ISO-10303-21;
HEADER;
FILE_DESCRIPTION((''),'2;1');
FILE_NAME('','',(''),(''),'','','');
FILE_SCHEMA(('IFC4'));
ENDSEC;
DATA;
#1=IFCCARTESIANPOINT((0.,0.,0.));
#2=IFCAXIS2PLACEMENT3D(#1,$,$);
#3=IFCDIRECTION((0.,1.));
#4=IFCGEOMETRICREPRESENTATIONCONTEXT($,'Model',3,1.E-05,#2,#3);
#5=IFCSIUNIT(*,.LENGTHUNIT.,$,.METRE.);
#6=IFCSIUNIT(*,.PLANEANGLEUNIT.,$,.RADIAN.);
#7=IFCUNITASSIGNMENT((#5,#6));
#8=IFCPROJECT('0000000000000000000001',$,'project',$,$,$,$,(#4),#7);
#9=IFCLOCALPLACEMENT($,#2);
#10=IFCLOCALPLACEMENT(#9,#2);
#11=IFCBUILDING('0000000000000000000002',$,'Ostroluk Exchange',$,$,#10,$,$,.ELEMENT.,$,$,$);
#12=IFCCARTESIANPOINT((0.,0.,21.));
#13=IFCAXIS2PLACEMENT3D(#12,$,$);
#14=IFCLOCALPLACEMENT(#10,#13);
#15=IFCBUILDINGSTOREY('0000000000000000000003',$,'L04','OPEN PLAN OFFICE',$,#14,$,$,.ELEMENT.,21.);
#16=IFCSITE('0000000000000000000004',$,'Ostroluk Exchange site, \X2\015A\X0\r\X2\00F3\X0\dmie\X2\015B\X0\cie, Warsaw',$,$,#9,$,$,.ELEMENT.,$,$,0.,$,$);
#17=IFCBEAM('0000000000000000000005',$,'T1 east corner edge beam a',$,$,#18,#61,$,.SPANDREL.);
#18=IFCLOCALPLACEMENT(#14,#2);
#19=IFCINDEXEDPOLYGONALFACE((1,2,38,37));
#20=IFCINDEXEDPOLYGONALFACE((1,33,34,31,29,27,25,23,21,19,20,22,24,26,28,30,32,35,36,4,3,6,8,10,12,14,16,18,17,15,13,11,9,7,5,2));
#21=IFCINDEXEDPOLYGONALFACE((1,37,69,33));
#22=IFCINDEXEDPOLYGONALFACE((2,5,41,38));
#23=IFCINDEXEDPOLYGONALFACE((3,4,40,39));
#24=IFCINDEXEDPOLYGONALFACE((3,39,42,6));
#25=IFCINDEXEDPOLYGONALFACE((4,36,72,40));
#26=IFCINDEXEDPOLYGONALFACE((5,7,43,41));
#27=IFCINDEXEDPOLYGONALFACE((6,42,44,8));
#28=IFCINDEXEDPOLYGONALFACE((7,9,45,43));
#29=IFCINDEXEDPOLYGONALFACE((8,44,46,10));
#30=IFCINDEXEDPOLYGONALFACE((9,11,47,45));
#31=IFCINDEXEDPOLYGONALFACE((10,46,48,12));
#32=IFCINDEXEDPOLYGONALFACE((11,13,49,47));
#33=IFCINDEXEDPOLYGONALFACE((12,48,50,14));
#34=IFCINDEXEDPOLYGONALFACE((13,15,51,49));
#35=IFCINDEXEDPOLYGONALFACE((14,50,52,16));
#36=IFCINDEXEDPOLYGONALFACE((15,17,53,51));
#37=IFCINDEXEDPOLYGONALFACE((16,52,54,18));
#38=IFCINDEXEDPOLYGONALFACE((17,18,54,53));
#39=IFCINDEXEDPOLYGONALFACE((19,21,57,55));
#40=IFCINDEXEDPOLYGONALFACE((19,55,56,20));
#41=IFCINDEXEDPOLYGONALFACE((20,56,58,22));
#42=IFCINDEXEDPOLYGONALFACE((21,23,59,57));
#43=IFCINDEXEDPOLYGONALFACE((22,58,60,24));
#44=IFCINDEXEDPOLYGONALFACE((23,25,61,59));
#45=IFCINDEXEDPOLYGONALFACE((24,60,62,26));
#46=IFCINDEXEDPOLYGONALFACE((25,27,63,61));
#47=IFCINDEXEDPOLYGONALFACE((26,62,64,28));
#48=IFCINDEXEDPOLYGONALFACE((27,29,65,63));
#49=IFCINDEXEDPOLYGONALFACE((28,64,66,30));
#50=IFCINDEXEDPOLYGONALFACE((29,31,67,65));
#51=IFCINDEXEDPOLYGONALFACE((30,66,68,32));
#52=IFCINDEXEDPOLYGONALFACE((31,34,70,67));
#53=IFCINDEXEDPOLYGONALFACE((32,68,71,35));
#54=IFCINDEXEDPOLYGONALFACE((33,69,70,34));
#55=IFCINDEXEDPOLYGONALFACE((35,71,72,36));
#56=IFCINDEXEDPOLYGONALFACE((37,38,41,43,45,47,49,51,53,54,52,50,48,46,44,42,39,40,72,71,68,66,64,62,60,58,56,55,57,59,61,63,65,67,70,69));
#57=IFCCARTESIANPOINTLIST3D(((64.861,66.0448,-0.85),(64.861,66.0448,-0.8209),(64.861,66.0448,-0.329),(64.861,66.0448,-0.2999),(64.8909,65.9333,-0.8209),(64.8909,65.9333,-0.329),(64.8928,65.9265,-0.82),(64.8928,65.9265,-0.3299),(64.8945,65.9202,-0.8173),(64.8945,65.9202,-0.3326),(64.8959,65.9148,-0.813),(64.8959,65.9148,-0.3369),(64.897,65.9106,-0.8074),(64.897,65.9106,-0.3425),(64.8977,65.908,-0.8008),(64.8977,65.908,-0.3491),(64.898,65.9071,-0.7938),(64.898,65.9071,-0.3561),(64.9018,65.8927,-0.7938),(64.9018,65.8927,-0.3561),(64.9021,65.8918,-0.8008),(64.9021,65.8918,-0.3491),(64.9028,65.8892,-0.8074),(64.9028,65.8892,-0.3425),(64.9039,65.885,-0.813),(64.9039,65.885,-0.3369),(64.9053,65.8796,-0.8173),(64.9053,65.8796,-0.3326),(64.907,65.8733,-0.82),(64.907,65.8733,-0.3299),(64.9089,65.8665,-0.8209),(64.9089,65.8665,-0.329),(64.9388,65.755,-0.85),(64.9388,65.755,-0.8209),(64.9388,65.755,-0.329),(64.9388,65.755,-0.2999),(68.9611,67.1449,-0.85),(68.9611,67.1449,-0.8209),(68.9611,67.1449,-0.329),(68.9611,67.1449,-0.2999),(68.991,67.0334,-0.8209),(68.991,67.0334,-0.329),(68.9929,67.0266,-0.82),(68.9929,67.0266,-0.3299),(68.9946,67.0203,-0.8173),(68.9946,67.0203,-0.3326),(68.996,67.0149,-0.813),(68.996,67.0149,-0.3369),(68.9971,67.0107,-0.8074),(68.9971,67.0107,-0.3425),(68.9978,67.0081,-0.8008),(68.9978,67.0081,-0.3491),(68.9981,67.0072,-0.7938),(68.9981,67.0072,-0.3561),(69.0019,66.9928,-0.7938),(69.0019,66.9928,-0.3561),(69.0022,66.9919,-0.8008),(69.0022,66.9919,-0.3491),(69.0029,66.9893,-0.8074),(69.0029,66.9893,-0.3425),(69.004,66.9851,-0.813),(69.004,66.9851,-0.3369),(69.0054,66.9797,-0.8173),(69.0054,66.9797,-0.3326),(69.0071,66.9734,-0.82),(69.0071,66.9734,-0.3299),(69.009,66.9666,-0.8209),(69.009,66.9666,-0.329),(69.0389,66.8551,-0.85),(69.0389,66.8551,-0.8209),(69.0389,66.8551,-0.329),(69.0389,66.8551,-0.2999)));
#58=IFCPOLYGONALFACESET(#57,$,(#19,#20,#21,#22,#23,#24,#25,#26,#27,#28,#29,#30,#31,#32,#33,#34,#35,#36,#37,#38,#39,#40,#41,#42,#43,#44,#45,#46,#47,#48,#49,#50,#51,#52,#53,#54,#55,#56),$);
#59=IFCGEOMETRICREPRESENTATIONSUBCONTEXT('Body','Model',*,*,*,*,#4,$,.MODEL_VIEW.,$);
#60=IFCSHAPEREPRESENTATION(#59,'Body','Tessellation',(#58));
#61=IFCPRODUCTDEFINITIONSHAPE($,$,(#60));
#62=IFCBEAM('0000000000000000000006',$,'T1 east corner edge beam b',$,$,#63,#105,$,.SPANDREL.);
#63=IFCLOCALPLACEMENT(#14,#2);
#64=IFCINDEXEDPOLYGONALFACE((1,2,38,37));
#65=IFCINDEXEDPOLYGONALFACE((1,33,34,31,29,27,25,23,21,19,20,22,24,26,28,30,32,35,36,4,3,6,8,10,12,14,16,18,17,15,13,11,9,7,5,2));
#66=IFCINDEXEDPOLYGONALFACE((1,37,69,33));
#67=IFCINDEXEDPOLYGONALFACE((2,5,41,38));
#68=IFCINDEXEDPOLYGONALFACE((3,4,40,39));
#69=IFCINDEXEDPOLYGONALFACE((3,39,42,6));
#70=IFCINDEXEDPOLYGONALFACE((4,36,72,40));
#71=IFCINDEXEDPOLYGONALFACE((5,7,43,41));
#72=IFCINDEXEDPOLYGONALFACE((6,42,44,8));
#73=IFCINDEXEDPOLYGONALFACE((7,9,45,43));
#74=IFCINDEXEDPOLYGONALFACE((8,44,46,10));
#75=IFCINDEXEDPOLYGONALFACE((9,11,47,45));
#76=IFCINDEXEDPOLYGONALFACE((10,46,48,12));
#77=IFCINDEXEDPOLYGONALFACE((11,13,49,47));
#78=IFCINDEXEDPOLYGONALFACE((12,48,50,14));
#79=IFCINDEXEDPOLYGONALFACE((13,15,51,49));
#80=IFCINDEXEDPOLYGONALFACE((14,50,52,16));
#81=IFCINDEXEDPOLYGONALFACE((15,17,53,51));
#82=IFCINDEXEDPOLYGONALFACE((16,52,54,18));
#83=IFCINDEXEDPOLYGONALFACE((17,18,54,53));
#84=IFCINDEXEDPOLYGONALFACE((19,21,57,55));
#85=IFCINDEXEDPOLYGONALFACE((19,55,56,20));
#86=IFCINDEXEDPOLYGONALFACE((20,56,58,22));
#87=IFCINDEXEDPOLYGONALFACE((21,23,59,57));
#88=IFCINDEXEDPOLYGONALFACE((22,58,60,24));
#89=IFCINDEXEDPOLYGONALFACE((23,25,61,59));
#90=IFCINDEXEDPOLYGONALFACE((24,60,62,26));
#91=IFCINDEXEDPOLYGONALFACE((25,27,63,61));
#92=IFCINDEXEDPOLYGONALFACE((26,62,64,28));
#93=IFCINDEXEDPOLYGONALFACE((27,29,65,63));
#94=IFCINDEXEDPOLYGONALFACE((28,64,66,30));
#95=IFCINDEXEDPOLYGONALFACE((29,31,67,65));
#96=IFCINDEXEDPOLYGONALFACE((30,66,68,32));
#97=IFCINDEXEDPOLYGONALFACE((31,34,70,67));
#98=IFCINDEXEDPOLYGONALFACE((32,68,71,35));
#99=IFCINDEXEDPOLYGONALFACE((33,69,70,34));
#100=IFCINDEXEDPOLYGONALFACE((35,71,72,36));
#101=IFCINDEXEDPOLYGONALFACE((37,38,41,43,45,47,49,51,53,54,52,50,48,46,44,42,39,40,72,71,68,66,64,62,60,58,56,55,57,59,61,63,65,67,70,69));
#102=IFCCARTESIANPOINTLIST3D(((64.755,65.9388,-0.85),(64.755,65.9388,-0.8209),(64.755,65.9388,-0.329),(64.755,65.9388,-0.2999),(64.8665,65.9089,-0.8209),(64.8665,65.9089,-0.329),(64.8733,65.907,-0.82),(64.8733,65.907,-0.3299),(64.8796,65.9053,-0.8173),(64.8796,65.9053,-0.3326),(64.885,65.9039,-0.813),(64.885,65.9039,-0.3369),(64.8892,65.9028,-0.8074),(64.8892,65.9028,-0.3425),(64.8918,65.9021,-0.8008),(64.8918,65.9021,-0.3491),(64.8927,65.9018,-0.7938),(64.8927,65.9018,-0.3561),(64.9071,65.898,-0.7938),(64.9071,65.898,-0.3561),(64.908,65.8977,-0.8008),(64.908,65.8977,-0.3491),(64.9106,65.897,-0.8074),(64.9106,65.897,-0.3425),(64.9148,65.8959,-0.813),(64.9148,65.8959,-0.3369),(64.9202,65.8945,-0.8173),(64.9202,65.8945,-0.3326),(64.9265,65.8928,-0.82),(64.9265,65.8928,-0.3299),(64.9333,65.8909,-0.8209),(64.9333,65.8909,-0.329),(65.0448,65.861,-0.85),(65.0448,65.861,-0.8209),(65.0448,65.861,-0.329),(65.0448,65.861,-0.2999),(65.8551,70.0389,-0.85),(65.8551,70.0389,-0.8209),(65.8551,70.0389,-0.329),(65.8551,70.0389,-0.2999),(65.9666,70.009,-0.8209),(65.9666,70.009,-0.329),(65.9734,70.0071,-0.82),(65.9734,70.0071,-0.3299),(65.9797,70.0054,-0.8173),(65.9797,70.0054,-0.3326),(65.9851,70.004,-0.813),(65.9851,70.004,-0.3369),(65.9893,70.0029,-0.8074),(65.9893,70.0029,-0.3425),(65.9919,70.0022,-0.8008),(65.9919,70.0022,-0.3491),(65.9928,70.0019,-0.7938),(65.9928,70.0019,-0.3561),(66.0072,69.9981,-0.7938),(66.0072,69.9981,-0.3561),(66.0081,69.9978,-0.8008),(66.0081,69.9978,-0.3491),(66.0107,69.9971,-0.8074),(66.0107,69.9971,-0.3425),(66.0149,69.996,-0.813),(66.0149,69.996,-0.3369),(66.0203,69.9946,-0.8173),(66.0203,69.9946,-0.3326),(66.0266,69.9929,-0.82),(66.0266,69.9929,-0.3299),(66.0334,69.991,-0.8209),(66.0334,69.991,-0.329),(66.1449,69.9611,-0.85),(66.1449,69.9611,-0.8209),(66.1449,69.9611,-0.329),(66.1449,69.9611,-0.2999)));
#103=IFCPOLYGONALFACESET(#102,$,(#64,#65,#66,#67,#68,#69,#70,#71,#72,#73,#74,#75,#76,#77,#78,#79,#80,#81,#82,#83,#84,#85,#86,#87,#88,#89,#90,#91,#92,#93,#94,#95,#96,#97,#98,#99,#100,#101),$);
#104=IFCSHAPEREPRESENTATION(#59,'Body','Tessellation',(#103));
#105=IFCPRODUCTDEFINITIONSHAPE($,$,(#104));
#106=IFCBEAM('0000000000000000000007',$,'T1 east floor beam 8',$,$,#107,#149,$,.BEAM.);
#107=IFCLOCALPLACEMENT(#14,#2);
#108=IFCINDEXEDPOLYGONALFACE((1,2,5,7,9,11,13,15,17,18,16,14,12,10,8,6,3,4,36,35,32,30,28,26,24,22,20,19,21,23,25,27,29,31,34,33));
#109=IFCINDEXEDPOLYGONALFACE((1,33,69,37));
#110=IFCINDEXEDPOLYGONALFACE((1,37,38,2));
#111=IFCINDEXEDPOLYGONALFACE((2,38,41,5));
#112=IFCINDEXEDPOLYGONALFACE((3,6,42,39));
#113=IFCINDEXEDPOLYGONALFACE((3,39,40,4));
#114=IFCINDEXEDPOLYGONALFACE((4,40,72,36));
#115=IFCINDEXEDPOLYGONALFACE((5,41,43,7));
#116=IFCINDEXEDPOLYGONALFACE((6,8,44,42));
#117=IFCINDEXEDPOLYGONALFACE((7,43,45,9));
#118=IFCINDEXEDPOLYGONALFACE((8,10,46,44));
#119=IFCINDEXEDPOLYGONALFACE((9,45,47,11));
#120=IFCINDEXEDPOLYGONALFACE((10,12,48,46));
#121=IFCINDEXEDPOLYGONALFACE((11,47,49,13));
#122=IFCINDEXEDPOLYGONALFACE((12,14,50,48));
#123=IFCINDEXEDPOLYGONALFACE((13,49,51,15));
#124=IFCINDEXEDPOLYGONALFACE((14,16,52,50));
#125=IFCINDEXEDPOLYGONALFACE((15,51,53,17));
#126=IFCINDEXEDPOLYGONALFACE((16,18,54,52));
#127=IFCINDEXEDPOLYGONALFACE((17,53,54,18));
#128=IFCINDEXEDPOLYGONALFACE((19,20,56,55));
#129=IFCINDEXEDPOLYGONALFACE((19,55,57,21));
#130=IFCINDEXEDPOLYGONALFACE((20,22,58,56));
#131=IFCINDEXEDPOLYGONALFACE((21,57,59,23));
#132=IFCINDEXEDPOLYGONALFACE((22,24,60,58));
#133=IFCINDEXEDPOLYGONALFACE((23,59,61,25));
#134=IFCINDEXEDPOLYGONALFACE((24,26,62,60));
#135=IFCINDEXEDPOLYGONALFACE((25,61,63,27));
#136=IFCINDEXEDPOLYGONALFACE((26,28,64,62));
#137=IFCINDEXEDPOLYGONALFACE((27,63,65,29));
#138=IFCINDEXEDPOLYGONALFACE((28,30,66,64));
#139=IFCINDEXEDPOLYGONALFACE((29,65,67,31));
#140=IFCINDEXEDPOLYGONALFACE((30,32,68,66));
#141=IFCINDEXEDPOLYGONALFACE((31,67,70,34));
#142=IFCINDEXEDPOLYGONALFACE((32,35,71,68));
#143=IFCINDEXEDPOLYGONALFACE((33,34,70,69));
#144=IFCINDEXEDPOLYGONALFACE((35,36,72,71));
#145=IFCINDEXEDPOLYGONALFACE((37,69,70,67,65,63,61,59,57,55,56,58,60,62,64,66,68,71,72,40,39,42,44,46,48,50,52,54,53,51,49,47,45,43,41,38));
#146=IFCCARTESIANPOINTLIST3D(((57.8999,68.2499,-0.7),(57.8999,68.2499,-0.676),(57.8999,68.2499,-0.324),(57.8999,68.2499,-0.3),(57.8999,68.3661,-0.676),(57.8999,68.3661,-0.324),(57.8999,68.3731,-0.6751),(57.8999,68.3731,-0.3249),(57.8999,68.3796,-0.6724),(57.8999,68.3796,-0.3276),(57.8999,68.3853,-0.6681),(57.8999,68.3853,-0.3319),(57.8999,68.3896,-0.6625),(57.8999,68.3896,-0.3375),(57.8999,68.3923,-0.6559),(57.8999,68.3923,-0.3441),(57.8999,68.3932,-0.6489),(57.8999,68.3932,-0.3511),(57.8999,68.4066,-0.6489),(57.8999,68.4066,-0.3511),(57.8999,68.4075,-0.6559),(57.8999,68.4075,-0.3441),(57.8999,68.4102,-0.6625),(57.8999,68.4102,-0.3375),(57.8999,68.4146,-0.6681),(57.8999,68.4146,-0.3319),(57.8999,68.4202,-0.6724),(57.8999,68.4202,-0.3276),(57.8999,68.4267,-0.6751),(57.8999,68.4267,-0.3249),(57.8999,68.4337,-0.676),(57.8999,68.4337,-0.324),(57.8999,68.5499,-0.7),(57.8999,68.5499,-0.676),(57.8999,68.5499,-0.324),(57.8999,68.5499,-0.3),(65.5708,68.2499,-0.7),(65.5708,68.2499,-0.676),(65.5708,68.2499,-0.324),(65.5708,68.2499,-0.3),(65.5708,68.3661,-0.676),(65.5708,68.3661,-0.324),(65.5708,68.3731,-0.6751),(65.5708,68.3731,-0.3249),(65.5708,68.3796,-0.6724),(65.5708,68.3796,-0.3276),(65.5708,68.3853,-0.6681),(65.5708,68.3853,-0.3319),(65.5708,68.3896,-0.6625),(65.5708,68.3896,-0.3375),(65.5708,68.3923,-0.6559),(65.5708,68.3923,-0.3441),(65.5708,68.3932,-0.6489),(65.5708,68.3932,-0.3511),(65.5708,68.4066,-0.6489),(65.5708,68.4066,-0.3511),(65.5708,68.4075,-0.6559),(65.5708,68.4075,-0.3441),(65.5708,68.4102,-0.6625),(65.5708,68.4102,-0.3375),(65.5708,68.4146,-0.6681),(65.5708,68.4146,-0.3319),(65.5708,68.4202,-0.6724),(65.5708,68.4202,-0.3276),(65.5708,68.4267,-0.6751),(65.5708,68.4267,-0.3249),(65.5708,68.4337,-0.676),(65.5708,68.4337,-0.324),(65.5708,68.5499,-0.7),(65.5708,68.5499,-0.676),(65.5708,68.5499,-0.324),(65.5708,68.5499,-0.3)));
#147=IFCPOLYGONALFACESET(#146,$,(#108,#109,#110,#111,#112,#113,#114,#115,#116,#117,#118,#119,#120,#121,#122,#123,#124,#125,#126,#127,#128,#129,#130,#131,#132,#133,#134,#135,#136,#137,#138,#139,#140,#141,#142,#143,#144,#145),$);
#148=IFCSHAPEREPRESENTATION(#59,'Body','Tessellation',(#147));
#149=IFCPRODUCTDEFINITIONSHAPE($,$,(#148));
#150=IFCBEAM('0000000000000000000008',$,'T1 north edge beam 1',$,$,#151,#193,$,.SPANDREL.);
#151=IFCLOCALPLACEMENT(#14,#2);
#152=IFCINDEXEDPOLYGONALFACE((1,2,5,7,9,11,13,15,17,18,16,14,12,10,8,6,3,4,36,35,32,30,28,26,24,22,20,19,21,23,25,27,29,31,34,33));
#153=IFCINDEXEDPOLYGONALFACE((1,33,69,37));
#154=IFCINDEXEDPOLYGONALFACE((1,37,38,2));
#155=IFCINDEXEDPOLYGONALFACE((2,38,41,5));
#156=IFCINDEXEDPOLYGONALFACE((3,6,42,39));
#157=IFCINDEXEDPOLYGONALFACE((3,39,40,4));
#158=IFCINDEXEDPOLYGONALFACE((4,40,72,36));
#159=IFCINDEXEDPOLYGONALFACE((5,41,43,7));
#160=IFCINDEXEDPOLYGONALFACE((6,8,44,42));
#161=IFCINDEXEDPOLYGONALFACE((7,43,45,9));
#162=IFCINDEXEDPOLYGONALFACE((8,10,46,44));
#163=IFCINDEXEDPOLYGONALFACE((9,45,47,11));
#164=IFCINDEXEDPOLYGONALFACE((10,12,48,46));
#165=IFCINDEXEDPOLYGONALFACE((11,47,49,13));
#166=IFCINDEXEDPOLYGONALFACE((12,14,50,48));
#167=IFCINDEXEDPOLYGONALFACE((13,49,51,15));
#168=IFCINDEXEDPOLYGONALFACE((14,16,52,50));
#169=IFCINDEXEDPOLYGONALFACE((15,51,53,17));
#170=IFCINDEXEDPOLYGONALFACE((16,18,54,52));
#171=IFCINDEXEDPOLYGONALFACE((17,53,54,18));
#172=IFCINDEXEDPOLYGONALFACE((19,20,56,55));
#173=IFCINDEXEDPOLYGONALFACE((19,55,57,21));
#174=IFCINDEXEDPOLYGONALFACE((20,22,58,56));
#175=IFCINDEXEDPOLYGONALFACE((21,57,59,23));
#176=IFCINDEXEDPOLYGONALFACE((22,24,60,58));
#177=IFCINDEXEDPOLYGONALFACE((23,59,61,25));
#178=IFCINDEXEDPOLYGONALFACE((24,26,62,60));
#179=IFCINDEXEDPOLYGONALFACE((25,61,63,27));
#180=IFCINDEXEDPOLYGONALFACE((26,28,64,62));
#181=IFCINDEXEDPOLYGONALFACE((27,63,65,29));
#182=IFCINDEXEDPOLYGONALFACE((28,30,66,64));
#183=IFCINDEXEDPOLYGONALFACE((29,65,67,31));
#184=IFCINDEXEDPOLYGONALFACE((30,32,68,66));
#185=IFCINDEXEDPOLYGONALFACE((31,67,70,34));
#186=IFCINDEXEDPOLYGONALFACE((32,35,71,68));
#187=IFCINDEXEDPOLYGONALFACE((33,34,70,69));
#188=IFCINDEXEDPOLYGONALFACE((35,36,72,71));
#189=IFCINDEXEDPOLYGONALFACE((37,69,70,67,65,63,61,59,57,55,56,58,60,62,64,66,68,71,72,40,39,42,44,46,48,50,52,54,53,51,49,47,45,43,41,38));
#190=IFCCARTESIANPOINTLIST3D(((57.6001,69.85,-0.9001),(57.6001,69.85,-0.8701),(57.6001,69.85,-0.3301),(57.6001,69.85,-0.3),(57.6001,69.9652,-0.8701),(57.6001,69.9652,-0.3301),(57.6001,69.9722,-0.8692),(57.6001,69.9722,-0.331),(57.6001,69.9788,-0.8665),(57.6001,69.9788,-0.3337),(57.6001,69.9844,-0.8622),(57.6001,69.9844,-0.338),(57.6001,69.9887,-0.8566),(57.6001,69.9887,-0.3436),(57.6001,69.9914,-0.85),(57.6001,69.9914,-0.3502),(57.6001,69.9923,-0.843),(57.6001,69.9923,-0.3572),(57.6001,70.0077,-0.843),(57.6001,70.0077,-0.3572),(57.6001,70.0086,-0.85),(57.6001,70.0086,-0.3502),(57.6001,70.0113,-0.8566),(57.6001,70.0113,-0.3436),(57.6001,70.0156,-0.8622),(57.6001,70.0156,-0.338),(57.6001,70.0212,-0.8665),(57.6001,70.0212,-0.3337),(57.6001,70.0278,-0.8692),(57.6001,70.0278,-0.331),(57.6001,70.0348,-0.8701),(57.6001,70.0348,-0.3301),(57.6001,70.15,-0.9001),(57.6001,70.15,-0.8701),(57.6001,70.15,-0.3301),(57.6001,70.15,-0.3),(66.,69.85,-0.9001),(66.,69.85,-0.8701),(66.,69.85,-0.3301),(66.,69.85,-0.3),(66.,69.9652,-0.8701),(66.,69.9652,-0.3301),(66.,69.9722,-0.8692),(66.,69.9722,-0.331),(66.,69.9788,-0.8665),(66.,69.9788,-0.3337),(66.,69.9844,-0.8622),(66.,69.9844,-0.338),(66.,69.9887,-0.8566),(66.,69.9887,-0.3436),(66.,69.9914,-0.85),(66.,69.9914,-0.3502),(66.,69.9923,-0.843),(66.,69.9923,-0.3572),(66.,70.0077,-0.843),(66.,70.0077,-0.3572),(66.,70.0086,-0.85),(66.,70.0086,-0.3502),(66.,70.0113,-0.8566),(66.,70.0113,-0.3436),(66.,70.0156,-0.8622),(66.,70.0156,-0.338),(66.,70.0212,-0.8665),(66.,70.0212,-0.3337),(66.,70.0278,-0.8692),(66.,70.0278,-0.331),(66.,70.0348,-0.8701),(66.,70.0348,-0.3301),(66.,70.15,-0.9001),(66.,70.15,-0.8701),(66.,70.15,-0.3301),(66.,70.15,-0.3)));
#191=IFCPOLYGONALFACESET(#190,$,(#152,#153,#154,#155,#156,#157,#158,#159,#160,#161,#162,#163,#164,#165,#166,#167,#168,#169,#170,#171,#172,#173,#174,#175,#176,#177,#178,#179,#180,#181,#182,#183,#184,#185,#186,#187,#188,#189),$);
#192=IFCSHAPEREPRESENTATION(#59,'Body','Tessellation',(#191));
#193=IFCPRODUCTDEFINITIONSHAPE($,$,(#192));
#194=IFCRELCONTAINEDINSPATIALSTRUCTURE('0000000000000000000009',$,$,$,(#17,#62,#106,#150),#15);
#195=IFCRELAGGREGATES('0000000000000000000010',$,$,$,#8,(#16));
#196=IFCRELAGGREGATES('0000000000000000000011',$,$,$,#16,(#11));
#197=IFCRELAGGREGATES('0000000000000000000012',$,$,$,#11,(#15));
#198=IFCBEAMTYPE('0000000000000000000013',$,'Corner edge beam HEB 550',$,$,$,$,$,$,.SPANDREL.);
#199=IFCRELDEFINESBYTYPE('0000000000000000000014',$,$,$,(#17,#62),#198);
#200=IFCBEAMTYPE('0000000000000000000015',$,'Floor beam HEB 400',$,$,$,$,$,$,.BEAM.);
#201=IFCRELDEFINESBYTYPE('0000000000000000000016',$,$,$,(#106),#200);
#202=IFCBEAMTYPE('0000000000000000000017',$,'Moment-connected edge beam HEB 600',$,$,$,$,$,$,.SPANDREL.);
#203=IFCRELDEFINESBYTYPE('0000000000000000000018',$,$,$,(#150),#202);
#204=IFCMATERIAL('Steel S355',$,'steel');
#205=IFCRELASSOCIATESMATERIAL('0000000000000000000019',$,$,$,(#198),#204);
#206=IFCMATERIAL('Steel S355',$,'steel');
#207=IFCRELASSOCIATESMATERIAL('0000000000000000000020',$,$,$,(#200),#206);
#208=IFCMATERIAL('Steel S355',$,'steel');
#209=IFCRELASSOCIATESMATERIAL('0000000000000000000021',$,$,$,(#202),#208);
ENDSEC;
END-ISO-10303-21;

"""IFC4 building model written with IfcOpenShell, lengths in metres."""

from ifc_helpers import new_model, si_unit, direction, frame, origin, origin_2d, place, context, subcontext, project, spatial, i_section, extrude, material, material_profile, profile_set, type_object, element, save


model = new_model("IFC4")

# Units and contexts
model_context = context("Model", 3, precision=1e-05, world=origin(), true_north=direction((0.0, 1.0)))
body_context = subcontext(model_context, "Body", "Model", "MODEL_VIEW")
ifc_project = project(units=[si_unit("LENGTHUNIT", "METRE"), si_unit("PLANEANGLEUNIT", "RADIAN")], contexts=[model_context])

# Site, building, storey
site_placement = place(None, origin())
site = spatial("IfcSite", under=ifc_project, at=site_placement, Name="Ostroluk Exchange site, Śródmieście, Warsaw", CompositionType="ELEMENT", RefElevation=0.0)
building_placement = place(site_placement, origin())
building = spatial("IfcBuilding", under=site, at=building_placement, Name="Ostroluk Exchange", CompositionType="ELEMENT")
storey_placement = place(building_placement, frame((0.0, 0.0, 21.0)))
storey = spatial("IfcBuildingStorey", under=building, at=storey_placement, Name="L04", Description="OPEN PLAN OFFICE", CompositionType="ELEMENT", Elevation=21.0)

# Beams
ifc_material_1 = material(Name="Steel S355", Category="steel")
ifc_material_profile_1 = material_profile(ifc_material_1, i_section(OverallWidth=0.3, OverallDepth=0.55, WebThickness=0.0149, FlangeThickness=0.0291, FilletRadius=0.0271, at=origin_2d()), Name="HEB 550")
ifc_profile_set_1 = profile_set([ifc_material_profile_1], Name="Steel S355")
beam_type_1 = type_object("IfcBeamType", Name="Corner edge beam HEB 550", PredefinedType="SPANDREL", material=ifc_profile_set_1)
for number, where, z_axis, x_axis, name in (
    (1, (64.8999, 65.8999, -0.575), (0.965839, 0.259144, 0.0), (-0.259144, 0.965839, 0.0), "T1 east corner edge beam a"),
    (2, (64.8999, 65.8999, -0.575), (0.259144, 0.965839, 0.0), (-0.965839, 0.259144, 0.0), "T1 east corner edge beam b"),
):
    element("IfcBeam", number, at=place(storey_placement, frame(where, z_axis=z_axis, x_axis=x_axis)), inside=storey, type_object=beam_type_1, Name=name, PredefinedType="SPANDREL", context=body_context, shape_type="SweptSolid", body=[
        extrude(i_section(OverallWidth=0.3, OverallDepth=0.55, WebThickness=0.0149, FlangeThickness=0.0291, FilletRadius=0.0271, at=origin_2d()), origin(), (0.0, 0.0, 1.0), 4.2451),
    ])
ifc_material_2 = material(Name="Steel S355", Category="steel")
ifc_material_profile_2 = material_profile(ifc_material_2, i_section(OverallWidth=0.3, OverallDepth=0.3999, WebThickness=0.0134, FlangeThickness=0.0239, FilletRadius=0.0271, at=origin_2d()), Name="HEB 400")
ifc_profile_set_2 = profile_set([ifc_material_profile_2], Name="Steel S355")
beam_type_2 = type_object("IfcBeamType", Name="Floor beam HEB 400", PredefinedType="BEAM", material=ifc_profile_set_2)
beam_1_placement = place(storey_placement, frame((57.8999, 68.3999, -0.5), z_axis=(1.0, 0.0, 0.0), x_axis=(0.0, 1.0, 0.0)))
element("IfcBeam", 3, at=beam_1_placement, inside=storey, type_object=beam_type_2, Name="T1 east floor beam 8", PredefinedType="BEAM", context=body_context, shape_type="SweptSolid", body=[
    extrude(i_section(OverallWidth=0.3, OverallDepth=0.3999, WebThickness=0.0134, FlangeThickness=0.0239, FilletRadius=0.0271, at=origin_2d()), origin(), (0.0, 0.0, 1.0), 7.6709),
])
ifc_material_3 = material(Name="Steel S355", Category="steel")
ifc_material_profile_3 = material_profile(ifc_material_3, i_section(OverallWidth=0.3, OverallDepth=0.6001, WebThickness=0.0154, FlangeThickness=0.03, FilletRadius=0.0271, at=origin_2d()), Name="HEB 600")
ifc_profile_set_3 = profile_set([ifc_material_profile_3], Name="Steel S355")
beam_type_3 = type_object("IfcBeamType", Name="Moment-connected edge beam HEB 600", PredefinedType="SPANDREL", material=ifc_profile_set_3)
beam_2_placement = place(storey_placement, frame((66.0, 70.0, -0.6001), z_axis=(-1.0, 0.0, 0.0), x_axis=(0.0, -1.0, 0.0)))
element("IfcBeam", 4, at=beam_2_placement, inside=storey, type_object=beam_type_3, Name="T1 north edge beam 1", PredefinedType="SPANDREL", context=body_context, shape_type="SweptSolid", body=[
    extrude(i_section(OverallWidth=0.3, OverallDepth=0.6001, WebThickness=0.0154, FlangeThickness=0.03, FilletRadius=0.0271, at=origin_2d()), origin(), (0.0, 0.0, 1.0), 8.3999),
])

save(model, "model.ifc")
